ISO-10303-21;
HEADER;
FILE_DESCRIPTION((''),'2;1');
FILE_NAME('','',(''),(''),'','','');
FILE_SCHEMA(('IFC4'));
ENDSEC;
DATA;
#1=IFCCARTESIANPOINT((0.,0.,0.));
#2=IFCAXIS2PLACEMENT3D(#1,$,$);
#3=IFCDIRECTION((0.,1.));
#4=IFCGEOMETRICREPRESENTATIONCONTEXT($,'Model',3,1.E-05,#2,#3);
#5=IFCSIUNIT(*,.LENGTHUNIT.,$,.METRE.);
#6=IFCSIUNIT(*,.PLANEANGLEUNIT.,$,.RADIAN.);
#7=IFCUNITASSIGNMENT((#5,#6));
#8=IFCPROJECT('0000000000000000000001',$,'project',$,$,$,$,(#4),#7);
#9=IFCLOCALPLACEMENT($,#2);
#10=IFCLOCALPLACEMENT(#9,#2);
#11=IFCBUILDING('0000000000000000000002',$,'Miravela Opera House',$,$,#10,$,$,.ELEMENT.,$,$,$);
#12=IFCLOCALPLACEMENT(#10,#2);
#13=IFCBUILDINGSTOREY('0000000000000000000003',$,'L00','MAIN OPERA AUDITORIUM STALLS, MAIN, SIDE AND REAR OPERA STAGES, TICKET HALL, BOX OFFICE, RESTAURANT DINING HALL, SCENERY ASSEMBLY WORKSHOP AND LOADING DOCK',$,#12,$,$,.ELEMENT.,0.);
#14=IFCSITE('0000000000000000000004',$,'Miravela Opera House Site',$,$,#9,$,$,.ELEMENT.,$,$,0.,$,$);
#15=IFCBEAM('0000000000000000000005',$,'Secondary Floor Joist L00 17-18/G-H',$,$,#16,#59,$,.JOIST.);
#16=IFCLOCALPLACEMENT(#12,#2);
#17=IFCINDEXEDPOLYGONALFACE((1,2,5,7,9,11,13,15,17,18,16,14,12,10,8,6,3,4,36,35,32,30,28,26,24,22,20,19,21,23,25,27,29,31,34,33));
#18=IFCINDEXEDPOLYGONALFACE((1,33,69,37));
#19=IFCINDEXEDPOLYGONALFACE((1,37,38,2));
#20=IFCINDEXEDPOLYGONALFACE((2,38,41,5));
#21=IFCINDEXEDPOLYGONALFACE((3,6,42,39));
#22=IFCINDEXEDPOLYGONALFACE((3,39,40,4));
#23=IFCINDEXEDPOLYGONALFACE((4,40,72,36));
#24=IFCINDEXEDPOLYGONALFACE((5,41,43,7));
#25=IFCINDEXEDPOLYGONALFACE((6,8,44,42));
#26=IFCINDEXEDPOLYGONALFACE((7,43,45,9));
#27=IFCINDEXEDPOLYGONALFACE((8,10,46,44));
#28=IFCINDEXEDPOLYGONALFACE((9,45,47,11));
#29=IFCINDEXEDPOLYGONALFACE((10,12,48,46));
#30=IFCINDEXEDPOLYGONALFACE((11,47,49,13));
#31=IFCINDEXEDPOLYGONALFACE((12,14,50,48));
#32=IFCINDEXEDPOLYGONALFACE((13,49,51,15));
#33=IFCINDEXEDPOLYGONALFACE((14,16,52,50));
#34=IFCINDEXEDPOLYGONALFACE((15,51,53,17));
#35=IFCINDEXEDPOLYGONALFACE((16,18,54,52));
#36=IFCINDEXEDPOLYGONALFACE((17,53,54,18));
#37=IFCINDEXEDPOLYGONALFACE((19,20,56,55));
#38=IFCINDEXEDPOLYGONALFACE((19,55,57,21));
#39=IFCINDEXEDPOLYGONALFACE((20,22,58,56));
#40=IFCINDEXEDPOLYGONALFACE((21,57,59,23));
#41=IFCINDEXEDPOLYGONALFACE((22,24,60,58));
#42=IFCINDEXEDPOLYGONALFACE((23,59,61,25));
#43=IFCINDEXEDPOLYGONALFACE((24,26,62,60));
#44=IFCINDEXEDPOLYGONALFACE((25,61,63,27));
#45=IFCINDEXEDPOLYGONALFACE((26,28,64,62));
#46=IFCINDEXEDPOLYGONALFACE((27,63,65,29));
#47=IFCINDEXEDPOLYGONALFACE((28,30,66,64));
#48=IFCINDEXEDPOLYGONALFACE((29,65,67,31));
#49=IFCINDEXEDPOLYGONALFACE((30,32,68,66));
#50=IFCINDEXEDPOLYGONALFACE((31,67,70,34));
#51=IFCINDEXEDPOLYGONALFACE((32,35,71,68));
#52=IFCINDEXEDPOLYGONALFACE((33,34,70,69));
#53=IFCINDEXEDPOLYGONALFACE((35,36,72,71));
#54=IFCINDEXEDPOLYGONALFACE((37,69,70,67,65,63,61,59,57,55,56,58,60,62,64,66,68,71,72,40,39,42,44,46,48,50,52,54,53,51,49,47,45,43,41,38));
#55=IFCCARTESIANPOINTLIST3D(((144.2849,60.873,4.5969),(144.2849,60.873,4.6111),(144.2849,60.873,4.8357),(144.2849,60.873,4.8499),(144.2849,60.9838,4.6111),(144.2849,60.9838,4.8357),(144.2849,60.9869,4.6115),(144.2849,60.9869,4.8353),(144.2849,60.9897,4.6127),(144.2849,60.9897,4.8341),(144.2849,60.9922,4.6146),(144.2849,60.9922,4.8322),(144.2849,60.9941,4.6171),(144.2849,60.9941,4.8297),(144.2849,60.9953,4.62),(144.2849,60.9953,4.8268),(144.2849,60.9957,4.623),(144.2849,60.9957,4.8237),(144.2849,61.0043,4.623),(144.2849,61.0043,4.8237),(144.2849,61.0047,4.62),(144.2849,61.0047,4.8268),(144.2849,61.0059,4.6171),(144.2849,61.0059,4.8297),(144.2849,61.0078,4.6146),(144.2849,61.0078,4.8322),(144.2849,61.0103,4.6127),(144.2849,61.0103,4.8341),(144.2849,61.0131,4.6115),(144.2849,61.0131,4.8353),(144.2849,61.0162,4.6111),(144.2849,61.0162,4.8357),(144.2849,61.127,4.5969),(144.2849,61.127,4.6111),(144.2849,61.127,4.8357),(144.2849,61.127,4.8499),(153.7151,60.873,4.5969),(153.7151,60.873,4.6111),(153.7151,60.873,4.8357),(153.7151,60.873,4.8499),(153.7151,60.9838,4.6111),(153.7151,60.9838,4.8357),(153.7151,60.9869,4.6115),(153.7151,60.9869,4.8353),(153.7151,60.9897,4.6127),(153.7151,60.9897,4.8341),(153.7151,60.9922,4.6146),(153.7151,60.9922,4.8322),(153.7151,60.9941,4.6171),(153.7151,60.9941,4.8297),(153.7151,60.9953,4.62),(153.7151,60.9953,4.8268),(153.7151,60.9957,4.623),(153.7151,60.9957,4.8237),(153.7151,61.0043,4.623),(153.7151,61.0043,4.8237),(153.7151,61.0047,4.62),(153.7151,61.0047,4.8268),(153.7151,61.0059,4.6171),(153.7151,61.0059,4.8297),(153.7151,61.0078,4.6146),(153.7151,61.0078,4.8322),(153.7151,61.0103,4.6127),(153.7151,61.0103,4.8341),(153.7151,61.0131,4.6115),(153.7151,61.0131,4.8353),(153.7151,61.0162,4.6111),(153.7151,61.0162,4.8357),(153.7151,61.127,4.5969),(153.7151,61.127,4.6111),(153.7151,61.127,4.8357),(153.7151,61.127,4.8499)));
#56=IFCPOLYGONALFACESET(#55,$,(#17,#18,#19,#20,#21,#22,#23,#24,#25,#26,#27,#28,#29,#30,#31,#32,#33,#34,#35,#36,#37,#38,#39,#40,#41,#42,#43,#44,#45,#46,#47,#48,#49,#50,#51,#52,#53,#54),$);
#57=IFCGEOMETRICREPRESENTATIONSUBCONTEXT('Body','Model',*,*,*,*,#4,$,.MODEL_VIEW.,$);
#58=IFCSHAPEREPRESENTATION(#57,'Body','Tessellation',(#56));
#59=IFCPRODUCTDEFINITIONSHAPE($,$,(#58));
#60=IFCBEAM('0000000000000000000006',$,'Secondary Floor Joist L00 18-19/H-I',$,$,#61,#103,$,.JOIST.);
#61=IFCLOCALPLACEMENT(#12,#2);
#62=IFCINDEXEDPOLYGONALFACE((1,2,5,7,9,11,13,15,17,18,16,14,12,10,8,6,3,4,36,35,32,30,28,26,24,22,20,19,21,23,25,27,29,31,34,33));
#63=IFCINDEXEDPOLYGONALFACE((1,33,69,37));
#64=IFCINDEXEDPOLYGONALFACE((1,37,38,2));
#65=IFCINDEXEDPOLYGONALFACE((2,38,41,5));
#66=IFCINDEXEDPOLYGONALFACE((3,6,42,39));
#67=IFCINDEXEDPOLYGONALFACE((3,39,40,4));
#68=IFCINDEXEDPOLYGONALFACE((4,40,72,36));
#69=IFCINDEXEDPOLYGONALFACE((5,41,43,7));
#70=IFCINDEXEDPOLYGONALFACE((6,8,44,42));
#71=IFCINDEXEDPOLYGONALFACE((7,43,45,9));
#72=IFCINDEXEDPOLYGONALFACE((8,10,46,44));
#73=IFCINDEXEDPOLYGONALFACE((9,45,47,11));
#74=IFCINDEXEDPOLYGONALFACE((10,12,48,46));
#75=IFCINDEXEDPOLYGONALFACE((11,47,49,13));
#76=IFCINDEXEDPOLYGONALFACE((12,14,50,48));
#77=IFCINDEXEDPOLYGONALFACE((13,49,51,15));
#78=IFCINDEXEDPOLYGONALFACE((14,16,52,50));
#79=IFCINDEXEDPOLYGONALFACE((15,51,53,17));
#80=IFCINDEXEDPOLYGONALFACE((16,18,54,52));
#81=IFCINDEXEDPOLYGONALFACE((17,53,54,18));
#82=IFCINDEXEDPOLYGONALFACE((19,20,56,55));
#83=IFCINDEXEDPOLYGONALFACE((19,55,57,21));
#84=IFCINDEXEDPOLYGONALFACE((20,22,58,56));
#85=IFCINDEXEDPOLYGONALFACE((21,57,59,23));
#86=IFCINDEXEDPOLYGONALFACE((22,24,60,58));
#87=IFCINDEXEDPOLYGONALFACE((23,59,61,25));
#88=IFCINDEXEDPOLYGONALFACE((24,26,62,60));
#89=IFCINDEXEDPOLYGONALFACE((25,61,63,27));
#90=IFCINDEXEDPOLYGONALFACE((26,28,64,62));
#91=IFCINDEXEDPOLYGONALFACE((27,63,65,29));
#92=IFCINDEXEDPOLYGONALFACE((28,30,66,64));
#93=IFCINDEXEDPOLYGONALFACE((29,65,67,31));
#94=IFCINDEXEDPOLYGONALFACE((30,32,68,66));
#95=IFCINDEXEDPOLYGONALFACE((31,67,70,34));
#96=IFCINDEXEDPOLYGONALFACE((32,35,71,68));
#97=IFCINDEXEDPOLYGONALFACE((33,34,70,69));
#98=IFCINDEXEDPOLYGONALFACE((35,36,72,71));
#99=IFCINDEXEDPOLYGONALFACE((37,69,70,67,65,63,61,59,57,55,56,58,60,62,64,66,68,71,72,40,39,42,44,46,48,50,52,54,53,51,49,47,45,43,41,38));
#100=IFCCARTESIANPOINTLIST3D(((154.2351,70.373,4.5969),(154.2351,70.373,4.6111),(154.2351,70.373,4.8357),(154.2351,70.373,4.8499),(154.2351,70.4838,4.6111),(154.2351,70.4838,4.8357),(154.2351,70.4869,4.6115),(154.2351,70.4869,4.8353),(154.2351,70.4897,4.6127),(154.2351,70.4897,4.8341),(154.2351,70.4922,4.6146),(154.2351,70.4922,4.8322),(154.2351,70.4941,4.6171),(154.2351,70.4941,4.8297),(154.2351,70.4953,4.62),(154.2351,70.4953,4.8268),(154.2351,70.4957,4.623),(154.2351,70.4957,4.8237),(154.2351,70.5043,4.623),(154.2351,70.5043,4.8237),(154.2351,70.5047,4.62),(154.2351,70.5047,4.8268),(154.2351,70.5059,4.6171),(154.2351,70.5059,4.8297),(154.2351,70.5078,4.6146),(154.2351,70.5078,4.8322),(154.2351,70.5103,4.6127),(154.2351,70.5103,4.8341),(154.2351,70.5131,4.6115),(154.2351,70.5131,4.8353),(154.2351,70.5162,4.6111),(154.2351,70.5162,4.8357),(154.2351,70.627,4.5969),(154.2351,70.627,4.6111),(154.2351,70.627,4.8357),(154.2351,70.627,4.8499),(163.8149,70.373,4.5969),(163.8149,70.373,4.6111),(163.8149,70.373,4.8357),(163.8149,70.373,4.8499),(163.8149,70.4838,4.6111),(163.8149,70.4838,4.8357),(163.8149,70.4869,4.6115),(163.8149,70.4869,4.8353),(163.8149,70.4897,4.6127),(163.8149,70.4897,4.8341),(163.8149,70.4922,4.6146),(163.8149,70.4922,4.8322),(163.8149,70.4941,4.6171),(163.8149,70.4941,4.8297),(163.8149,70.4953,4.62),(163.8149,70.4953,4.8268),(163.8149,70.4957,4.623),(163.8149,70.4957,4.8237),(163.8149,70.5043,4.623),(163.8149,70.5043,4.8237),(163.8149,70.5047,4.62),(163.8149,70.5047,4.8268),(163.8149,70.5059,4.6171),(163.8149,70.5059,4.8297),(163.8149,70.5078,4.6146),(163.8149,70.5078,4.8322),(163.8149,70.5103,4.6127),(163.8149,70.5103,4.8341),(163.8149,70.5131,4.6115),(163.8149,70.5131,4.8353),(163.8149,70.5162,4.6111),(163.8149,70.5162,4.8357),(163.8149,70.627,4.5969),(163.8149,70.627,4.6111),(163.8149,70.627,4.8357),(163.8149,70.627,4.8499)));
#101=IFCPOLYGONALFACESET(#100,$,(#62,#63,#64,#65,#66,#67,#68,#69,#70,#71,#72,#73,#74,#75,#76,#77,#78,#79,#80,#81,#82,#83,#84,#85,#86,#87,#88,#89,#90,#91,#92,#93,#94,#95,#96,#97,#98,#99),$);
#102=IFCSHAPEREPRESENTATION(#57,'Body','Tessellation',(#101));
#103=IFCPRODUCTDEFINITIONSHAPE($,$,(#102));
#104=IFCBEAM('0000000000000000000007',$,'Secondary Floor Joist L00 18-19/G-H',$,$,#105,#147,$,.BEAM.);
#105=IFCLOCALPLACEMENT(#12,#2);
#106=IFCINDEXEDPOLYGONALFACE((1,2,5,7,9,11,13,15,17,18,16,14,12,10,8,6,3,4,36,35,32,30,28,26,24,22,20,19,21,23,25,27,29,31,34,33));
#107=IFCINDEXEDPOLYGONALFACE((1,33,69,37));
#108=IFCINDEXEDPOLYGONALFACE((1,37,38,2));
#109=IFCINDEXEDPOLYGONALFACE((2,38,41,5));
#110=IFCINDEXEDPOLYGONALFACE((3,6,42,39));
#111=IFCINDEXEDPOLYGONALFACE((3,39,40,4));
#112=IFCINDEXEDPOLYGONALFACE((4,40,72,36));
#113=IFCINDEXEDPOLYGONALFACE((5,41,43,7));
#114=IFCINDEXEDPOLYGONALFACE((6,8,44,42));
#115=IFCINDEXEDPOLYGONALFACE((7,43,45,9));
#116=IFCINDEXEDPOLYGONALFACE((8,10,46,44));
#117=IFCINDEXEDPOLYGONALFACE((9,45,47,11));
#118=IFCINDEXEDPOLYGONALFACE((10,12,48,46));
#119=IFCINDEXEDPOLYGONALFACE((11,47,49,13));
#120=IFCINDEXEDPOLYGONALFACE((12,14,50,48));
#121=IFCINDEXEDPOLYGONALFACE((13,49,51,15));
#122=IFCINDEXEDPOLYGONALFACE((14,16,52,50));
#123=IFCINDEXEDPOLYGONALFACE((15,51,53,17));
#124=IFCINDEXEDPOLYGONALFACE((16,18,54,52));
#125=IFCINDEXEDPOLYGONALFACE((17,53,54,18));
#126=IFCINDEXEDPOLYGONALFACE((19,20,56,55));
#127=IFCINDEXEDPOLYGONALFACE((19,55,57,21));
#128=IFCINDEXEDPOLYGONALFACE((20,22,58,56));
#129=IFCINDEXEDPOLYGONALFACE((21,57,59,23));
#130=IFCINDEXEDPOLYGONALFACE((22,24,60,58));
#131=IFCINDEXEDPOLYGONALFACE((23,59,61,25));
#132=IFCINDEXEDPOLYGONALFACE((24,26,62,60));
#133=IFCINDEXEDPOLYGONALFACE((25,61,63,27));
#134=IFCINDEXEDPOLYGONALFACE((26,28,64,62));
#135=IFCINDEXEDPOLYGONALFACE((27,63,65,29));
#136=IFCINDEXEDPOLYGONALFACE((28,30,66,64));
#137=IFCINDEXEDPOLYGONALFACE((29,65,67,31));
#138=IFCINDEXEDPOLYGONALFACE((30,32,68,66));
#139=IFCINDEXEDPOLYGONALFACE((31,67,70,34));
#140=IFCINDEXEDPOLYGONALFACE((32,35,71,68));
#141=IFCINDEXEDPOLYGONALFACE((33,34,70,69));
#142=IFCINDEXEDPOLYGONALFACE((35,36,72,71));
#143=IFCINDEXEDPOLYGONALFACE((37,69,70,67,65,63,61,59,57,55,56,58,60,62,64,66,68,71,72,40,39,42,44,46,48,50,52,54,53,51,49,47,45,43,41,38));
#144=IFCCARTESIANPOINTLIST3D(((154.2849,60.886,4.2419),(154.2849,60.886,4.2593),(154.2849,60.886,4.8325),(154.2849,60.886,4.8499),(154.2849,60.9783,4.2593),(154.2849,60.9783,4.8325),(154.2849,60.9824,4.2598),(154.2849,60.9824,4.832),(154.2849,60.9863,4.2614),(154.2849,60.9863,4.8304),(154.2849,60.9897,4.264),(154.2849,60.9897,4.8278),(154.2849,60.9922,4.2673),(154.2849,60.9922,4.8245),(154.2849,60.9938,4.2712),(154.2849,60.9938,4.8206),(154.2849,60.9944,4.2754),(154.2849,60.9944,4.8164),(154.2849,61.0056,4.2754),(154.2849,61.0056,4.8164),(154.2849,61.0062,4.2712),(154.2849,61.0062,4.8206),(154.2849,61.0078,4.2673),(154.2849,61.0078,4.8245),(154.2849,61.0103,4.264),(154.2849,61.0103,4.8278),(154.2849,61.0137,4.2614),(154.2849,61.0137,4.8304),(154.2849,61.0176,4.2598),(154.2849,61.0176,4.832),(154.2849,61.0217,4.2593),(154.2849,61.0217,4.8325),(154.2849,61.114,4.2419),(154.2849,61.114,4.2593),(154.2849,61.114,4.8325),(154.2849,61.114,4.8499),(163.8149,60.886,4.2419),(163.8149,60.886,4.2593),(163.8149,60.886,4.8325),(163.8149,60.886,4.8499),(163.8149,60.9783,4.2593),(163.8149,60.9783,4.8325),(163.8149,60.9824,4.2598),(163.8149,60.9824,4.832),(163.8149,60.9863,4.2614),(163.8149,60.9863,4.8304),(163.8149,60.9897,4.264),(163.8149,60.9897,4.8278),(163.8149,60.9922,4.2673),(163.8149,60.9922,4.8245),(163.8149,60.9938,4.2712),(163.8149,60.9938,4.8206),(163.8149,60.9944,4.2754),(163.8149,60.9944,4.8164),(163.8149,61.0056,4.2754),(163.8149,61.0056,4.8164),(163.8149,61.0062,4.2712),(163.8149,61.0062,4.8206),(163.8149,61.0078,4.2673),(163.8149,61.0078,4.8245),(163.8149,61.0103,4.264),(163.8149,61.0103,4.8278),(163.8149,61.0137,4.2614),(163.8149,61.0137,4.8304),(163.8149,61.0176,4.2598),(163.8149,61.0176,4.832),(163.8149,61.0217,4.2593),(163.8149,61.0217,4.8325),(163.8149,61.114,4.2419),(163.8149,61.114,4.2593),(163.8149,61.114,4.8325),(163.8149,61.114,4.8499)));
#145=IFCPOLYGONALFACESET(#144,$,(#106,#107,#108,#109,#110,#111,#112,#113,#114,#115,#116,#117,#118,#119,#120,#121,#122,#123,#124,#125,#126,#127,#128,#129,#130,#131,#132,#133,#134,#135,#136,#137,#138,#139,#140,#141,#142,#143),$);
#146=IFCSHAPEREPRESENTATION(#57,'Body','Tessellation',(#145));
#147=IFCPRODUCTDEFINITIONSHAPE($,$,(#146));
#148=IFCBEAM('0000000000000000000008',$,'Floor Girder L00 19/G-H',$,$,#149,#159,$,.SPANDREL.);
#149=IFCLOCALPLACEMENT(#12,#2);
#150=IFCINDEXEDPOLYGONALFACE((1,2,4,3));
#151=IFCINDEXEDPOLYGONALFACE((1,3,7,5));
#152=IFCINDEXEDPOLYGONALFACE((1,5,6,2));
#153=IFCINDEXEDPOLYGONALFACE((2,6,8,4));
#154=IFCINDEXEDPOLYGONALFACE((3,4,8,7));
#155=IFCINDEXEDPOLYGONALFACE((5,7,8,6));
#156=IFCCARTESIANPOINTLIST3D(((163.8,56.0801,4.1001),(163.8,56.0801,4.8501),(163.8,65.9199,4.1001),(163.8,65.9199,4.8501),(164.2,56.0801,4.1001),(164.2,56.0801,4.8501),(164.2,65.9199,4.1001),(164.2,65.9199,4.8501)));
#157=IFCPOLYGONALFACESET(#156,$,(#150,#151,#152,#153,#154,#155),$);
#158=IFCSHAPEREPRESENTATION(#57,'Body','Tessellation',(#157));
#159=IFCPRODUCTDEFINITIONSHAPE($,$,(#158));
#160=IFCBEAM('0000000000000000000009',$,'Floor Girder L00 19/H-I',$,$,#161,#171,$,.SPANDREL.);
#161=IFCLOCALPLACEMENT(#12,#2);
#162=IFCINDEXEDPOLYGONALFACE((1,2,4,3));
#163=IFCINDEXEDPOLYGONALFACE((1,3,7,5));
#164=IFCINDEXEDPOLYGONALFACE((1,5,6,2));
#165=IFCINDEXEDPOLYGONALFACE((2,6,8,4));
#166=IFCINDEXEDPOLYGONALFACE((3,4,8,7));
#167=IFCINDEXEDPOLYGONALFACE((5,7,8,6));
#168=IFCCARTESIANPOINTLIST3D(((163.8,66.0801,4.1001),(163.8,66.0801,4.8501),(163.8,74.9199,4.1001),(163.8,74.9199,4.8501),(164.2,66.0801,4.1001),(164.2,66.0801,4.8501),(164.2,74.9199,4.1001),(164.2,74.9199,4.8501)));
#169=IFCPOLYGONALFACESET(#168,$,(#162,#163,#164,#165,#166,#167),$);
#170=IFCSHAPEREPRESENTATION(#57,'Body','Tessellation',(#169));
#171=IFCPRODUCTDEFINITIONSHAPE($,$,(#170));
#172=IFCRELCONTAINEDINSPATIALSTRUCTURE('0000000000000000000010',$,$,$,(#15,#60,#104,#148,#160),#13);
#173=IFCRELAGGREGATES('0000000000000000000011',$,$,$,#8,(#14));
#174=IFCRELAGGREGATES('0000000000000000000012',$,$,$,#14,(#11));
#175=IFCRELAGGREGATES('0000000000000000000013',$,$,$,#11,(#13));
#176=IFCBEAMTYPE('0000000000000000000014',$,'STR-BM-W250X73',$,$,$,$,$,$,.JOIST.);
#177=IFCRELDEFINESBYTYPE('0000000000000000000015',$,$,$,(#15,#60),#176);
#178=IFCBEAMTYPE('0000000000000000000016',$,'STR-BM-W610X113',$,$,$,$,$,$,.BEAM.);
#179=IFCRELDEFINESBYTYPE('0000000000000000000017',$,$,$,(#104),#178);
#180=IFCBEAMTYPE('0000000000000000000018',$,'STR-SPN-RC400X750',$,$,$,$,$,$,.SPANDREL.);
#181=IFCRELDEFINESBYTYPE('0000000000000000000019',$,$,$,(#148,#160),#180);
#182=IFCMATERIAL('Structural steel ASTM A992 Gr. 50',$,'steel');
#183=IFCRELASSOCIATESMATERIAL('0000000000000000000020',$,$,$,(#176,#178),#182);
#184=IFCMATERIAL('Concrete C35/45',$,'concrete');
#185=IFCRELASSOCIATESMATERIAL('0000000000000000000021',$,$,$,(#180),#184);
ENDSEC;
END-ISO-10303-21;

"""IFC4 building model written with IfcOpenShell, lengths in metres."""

from ifc_helpers import new_model, si_unit, direction, frame, origin, origin_2d, place, context, subcontext, project, spatial, rectangle, i_section, extrude, material, material_profile, profile_set, type_object, element, save


model = new_model("IFC4")

# Units and contexts
model_context = context("Model", 3, precision=1e-05, world=origin(), true_north=direction((0.0, 1.0)))
body_context = subcontext(model_context, "Body", "Model", "MODEL_VIEW")
ifc_project = project(units=[si_unit("LENGTHUNIT", "METRE"), si_unit("PLANEANGLEUNIT", "RADIAN")], contexts=[model_context])

# Site, building, storey
site_placement = place(None, origin())
site = spatial("IfcSite", under=ifc_project, at=site_placement, Name="Miravela Opera House Site", CompositionType="ELEMENT", RefElevation=0.0)
building_placement = place(site_placement, origin())
building = spatial("IfcBuilding", under=site, at=building_placement, Name="Miravela Opera House", CompositionType="ELEMENT")
storey_placement = place(building_placement, origin())
storey = spatial("IfcBuildingStorey", under=building, at=storey_placement, Name="L00", Description="MAIN OPERA AUDITORIUM STALLS, MAIN, SIDE AND REAR OPERA STAGES, TICKET HALL, BOX OFFICE, RESTAURANT DINING HALL, SCENERY ASSEMBLY WORKSHOP AND LOADING DOCK", CompositionType="ELEMENT", Elevation=0.0)

# Shared definitions
ifc_material_1 = material(Name="Concrete C35/45", Category="concrete")

# Beams
ifc_material_2 = material(Name="Structural steel ASTM A992 Gr. 50", Category="steel")
ifc_material_profile_1 = material_profile(ifc_material_2, i_section(OverallWidth=0.2539, OverallDepth=0.2529, WebThickness=0.0085, FlangeThickness=0.0142, FilletRadius=0.012, at=origin_2d()), Name="W250X73")
ifc_profile_set_1 = profile_set([ifc_material_profile_1])
beam_type_1 = type_object("IfcBeamType", Name="STR-BM-W250X73", PredefinedType="JOIST", material=ifc_profile_set_1)
beam_1_placement = place(storey_placement, frame((144.2849, 61.0, 4.7234), z_axis=(1.0, 0.0, 0.0), x_axis=(0.0, 1.0, 0.0)))
element("IfcBeam", 1, at=beam_1_placement, inside=storey, type_object=beam_type_1, Name="Secondary Floor Joist L00 17-18/G-H", PredefinedType="JOIST", context=body_context, shape_type="SweptSolid", body=[
    extrude(i_section(OverallWidth=0.2539, OverallDepth=0.2529, WebThickness=0.0085, FlangeThickness=0.0142, FilletRadius=0.012, at=origin_2d()), origin(), (0.0, 0.0, 1.0), 9.4302),
])
beam_2_placement = place(storey_placement, frame((154.2351, 70.5, 4.7234), z_axis=(1.0, 0.0, 0.0), x_axis=(0.0, 1.0, 0.0)))
element("IfcBeam", 2, at=beam_2_placement, inside=storey, type_object=beam_type_1, Name="Secondary Floor Joist L00 18-19/H-I", PredefinedType="JOIST", context=body_context, shape_type="SweptSolid", body=[
    extrude(i_section(OverallWidth=0.2539, OverallDepth=0.2529, WebThickness=0.0085, FlangeThickness=0.0142, FilletRadius=0.012, at=origin_2d()), origin(), (0.0, 0.0, 1.0), 9.5798),
])
ifc_material_profile_2 = material_profile(ifc_material_2, i_section(OverallWidth=0.228, OverallDepth=0.6079, WebThickness=0.0112, FlangeThickness=0.0173, FilletRadius=0.0161, at=origin_2d()), Name="W610X113")
ifc_profile_set_2 = profile_set([ifc_material_profile_2])
beam_type_2 = type_object("IfcBeamType", Name="STR-BM-W610X113", PredefinedType="BEAM", material=ifc_profile_set_2)
beam_3_placement = place(storey_placement, frame((154.2849, 61.0, 4.5459), z_axis=(1.0, 0.0, 0.0), x_axis=(0.0, 1.0, 0.0)))
element("IfcBeam", 3, at=beam_3_placement, inside=storey, type_object=beam_type_2, Name="Secondary Floor Joist L00 18-19/G-H", PredefinedType="BEAM", context=body_context, shape_type="SweptSolid", body=[
    extrude(i_section(OverallWidth=0.228, OverallDepth=0.6079, WebThickness=0.0112, FlangeThickness=0.0173, FilletRadius=0.0161, at=origin_2d()), origin(), (0.0, 0.0, 1.0), 9.53),
])
ifc_material_profile_3 = material_profile(ifc_material_1, rectangle(XDim=0.3999, YDim=0.75, at=origin_2d()), Name="RC-SPN-400X750")
ifc_profile_set_3 = profile_set([ifc_material_profile_3])
beam_type_3 = type_object("IfcBeamType", Name="STR-SPN-RC400X750", PredefinedType="SPANDREL", material=ifc_profile_set_3)
beam_4_placement = place(storey_placement, frame((164.0, 56.0801, 4.4751), z_axis=(0.0, 1.0, 0.0), x_axis=(-1.0, 0.0, 0.0)))
element("IfcBeam", 4, at=beam_4_placement, inside=storey, type_object=beam_type_3, Name="Floor Girder L00 19/G-H", PredefinedType="SPANDREL", context=body_context, shape_type="SweptSolid", body=[
    extrude(rectangle(XDim=0.3999, YDim=0.75, at=origin_2d()), origin(), (0.0, 0.0, 1.0), 9.8398),
])
beam_5_placement = place(storey_placement, frame((164.0, 66.0801, 4.4751), z_axis=(0.0, 1.0, 0.0), x_axis=(-1.0, 0.0, 0.0)))
element("IfcBeam", 5, at=beam_5_placement, inside=storey, type_object=beam_type_3, Name="Floor Girder L00 19/H-I", PredefinedType="SPANDREL", context=body_context, shape_type="SweptSolid", body=[
    extrude(rectangle(XDim=0.3999, YDim=0.75, at=origin_2d()), origin(), (0.0, 0.0, 1.0), 8.8398),
])

save(model, "model.ifc")
